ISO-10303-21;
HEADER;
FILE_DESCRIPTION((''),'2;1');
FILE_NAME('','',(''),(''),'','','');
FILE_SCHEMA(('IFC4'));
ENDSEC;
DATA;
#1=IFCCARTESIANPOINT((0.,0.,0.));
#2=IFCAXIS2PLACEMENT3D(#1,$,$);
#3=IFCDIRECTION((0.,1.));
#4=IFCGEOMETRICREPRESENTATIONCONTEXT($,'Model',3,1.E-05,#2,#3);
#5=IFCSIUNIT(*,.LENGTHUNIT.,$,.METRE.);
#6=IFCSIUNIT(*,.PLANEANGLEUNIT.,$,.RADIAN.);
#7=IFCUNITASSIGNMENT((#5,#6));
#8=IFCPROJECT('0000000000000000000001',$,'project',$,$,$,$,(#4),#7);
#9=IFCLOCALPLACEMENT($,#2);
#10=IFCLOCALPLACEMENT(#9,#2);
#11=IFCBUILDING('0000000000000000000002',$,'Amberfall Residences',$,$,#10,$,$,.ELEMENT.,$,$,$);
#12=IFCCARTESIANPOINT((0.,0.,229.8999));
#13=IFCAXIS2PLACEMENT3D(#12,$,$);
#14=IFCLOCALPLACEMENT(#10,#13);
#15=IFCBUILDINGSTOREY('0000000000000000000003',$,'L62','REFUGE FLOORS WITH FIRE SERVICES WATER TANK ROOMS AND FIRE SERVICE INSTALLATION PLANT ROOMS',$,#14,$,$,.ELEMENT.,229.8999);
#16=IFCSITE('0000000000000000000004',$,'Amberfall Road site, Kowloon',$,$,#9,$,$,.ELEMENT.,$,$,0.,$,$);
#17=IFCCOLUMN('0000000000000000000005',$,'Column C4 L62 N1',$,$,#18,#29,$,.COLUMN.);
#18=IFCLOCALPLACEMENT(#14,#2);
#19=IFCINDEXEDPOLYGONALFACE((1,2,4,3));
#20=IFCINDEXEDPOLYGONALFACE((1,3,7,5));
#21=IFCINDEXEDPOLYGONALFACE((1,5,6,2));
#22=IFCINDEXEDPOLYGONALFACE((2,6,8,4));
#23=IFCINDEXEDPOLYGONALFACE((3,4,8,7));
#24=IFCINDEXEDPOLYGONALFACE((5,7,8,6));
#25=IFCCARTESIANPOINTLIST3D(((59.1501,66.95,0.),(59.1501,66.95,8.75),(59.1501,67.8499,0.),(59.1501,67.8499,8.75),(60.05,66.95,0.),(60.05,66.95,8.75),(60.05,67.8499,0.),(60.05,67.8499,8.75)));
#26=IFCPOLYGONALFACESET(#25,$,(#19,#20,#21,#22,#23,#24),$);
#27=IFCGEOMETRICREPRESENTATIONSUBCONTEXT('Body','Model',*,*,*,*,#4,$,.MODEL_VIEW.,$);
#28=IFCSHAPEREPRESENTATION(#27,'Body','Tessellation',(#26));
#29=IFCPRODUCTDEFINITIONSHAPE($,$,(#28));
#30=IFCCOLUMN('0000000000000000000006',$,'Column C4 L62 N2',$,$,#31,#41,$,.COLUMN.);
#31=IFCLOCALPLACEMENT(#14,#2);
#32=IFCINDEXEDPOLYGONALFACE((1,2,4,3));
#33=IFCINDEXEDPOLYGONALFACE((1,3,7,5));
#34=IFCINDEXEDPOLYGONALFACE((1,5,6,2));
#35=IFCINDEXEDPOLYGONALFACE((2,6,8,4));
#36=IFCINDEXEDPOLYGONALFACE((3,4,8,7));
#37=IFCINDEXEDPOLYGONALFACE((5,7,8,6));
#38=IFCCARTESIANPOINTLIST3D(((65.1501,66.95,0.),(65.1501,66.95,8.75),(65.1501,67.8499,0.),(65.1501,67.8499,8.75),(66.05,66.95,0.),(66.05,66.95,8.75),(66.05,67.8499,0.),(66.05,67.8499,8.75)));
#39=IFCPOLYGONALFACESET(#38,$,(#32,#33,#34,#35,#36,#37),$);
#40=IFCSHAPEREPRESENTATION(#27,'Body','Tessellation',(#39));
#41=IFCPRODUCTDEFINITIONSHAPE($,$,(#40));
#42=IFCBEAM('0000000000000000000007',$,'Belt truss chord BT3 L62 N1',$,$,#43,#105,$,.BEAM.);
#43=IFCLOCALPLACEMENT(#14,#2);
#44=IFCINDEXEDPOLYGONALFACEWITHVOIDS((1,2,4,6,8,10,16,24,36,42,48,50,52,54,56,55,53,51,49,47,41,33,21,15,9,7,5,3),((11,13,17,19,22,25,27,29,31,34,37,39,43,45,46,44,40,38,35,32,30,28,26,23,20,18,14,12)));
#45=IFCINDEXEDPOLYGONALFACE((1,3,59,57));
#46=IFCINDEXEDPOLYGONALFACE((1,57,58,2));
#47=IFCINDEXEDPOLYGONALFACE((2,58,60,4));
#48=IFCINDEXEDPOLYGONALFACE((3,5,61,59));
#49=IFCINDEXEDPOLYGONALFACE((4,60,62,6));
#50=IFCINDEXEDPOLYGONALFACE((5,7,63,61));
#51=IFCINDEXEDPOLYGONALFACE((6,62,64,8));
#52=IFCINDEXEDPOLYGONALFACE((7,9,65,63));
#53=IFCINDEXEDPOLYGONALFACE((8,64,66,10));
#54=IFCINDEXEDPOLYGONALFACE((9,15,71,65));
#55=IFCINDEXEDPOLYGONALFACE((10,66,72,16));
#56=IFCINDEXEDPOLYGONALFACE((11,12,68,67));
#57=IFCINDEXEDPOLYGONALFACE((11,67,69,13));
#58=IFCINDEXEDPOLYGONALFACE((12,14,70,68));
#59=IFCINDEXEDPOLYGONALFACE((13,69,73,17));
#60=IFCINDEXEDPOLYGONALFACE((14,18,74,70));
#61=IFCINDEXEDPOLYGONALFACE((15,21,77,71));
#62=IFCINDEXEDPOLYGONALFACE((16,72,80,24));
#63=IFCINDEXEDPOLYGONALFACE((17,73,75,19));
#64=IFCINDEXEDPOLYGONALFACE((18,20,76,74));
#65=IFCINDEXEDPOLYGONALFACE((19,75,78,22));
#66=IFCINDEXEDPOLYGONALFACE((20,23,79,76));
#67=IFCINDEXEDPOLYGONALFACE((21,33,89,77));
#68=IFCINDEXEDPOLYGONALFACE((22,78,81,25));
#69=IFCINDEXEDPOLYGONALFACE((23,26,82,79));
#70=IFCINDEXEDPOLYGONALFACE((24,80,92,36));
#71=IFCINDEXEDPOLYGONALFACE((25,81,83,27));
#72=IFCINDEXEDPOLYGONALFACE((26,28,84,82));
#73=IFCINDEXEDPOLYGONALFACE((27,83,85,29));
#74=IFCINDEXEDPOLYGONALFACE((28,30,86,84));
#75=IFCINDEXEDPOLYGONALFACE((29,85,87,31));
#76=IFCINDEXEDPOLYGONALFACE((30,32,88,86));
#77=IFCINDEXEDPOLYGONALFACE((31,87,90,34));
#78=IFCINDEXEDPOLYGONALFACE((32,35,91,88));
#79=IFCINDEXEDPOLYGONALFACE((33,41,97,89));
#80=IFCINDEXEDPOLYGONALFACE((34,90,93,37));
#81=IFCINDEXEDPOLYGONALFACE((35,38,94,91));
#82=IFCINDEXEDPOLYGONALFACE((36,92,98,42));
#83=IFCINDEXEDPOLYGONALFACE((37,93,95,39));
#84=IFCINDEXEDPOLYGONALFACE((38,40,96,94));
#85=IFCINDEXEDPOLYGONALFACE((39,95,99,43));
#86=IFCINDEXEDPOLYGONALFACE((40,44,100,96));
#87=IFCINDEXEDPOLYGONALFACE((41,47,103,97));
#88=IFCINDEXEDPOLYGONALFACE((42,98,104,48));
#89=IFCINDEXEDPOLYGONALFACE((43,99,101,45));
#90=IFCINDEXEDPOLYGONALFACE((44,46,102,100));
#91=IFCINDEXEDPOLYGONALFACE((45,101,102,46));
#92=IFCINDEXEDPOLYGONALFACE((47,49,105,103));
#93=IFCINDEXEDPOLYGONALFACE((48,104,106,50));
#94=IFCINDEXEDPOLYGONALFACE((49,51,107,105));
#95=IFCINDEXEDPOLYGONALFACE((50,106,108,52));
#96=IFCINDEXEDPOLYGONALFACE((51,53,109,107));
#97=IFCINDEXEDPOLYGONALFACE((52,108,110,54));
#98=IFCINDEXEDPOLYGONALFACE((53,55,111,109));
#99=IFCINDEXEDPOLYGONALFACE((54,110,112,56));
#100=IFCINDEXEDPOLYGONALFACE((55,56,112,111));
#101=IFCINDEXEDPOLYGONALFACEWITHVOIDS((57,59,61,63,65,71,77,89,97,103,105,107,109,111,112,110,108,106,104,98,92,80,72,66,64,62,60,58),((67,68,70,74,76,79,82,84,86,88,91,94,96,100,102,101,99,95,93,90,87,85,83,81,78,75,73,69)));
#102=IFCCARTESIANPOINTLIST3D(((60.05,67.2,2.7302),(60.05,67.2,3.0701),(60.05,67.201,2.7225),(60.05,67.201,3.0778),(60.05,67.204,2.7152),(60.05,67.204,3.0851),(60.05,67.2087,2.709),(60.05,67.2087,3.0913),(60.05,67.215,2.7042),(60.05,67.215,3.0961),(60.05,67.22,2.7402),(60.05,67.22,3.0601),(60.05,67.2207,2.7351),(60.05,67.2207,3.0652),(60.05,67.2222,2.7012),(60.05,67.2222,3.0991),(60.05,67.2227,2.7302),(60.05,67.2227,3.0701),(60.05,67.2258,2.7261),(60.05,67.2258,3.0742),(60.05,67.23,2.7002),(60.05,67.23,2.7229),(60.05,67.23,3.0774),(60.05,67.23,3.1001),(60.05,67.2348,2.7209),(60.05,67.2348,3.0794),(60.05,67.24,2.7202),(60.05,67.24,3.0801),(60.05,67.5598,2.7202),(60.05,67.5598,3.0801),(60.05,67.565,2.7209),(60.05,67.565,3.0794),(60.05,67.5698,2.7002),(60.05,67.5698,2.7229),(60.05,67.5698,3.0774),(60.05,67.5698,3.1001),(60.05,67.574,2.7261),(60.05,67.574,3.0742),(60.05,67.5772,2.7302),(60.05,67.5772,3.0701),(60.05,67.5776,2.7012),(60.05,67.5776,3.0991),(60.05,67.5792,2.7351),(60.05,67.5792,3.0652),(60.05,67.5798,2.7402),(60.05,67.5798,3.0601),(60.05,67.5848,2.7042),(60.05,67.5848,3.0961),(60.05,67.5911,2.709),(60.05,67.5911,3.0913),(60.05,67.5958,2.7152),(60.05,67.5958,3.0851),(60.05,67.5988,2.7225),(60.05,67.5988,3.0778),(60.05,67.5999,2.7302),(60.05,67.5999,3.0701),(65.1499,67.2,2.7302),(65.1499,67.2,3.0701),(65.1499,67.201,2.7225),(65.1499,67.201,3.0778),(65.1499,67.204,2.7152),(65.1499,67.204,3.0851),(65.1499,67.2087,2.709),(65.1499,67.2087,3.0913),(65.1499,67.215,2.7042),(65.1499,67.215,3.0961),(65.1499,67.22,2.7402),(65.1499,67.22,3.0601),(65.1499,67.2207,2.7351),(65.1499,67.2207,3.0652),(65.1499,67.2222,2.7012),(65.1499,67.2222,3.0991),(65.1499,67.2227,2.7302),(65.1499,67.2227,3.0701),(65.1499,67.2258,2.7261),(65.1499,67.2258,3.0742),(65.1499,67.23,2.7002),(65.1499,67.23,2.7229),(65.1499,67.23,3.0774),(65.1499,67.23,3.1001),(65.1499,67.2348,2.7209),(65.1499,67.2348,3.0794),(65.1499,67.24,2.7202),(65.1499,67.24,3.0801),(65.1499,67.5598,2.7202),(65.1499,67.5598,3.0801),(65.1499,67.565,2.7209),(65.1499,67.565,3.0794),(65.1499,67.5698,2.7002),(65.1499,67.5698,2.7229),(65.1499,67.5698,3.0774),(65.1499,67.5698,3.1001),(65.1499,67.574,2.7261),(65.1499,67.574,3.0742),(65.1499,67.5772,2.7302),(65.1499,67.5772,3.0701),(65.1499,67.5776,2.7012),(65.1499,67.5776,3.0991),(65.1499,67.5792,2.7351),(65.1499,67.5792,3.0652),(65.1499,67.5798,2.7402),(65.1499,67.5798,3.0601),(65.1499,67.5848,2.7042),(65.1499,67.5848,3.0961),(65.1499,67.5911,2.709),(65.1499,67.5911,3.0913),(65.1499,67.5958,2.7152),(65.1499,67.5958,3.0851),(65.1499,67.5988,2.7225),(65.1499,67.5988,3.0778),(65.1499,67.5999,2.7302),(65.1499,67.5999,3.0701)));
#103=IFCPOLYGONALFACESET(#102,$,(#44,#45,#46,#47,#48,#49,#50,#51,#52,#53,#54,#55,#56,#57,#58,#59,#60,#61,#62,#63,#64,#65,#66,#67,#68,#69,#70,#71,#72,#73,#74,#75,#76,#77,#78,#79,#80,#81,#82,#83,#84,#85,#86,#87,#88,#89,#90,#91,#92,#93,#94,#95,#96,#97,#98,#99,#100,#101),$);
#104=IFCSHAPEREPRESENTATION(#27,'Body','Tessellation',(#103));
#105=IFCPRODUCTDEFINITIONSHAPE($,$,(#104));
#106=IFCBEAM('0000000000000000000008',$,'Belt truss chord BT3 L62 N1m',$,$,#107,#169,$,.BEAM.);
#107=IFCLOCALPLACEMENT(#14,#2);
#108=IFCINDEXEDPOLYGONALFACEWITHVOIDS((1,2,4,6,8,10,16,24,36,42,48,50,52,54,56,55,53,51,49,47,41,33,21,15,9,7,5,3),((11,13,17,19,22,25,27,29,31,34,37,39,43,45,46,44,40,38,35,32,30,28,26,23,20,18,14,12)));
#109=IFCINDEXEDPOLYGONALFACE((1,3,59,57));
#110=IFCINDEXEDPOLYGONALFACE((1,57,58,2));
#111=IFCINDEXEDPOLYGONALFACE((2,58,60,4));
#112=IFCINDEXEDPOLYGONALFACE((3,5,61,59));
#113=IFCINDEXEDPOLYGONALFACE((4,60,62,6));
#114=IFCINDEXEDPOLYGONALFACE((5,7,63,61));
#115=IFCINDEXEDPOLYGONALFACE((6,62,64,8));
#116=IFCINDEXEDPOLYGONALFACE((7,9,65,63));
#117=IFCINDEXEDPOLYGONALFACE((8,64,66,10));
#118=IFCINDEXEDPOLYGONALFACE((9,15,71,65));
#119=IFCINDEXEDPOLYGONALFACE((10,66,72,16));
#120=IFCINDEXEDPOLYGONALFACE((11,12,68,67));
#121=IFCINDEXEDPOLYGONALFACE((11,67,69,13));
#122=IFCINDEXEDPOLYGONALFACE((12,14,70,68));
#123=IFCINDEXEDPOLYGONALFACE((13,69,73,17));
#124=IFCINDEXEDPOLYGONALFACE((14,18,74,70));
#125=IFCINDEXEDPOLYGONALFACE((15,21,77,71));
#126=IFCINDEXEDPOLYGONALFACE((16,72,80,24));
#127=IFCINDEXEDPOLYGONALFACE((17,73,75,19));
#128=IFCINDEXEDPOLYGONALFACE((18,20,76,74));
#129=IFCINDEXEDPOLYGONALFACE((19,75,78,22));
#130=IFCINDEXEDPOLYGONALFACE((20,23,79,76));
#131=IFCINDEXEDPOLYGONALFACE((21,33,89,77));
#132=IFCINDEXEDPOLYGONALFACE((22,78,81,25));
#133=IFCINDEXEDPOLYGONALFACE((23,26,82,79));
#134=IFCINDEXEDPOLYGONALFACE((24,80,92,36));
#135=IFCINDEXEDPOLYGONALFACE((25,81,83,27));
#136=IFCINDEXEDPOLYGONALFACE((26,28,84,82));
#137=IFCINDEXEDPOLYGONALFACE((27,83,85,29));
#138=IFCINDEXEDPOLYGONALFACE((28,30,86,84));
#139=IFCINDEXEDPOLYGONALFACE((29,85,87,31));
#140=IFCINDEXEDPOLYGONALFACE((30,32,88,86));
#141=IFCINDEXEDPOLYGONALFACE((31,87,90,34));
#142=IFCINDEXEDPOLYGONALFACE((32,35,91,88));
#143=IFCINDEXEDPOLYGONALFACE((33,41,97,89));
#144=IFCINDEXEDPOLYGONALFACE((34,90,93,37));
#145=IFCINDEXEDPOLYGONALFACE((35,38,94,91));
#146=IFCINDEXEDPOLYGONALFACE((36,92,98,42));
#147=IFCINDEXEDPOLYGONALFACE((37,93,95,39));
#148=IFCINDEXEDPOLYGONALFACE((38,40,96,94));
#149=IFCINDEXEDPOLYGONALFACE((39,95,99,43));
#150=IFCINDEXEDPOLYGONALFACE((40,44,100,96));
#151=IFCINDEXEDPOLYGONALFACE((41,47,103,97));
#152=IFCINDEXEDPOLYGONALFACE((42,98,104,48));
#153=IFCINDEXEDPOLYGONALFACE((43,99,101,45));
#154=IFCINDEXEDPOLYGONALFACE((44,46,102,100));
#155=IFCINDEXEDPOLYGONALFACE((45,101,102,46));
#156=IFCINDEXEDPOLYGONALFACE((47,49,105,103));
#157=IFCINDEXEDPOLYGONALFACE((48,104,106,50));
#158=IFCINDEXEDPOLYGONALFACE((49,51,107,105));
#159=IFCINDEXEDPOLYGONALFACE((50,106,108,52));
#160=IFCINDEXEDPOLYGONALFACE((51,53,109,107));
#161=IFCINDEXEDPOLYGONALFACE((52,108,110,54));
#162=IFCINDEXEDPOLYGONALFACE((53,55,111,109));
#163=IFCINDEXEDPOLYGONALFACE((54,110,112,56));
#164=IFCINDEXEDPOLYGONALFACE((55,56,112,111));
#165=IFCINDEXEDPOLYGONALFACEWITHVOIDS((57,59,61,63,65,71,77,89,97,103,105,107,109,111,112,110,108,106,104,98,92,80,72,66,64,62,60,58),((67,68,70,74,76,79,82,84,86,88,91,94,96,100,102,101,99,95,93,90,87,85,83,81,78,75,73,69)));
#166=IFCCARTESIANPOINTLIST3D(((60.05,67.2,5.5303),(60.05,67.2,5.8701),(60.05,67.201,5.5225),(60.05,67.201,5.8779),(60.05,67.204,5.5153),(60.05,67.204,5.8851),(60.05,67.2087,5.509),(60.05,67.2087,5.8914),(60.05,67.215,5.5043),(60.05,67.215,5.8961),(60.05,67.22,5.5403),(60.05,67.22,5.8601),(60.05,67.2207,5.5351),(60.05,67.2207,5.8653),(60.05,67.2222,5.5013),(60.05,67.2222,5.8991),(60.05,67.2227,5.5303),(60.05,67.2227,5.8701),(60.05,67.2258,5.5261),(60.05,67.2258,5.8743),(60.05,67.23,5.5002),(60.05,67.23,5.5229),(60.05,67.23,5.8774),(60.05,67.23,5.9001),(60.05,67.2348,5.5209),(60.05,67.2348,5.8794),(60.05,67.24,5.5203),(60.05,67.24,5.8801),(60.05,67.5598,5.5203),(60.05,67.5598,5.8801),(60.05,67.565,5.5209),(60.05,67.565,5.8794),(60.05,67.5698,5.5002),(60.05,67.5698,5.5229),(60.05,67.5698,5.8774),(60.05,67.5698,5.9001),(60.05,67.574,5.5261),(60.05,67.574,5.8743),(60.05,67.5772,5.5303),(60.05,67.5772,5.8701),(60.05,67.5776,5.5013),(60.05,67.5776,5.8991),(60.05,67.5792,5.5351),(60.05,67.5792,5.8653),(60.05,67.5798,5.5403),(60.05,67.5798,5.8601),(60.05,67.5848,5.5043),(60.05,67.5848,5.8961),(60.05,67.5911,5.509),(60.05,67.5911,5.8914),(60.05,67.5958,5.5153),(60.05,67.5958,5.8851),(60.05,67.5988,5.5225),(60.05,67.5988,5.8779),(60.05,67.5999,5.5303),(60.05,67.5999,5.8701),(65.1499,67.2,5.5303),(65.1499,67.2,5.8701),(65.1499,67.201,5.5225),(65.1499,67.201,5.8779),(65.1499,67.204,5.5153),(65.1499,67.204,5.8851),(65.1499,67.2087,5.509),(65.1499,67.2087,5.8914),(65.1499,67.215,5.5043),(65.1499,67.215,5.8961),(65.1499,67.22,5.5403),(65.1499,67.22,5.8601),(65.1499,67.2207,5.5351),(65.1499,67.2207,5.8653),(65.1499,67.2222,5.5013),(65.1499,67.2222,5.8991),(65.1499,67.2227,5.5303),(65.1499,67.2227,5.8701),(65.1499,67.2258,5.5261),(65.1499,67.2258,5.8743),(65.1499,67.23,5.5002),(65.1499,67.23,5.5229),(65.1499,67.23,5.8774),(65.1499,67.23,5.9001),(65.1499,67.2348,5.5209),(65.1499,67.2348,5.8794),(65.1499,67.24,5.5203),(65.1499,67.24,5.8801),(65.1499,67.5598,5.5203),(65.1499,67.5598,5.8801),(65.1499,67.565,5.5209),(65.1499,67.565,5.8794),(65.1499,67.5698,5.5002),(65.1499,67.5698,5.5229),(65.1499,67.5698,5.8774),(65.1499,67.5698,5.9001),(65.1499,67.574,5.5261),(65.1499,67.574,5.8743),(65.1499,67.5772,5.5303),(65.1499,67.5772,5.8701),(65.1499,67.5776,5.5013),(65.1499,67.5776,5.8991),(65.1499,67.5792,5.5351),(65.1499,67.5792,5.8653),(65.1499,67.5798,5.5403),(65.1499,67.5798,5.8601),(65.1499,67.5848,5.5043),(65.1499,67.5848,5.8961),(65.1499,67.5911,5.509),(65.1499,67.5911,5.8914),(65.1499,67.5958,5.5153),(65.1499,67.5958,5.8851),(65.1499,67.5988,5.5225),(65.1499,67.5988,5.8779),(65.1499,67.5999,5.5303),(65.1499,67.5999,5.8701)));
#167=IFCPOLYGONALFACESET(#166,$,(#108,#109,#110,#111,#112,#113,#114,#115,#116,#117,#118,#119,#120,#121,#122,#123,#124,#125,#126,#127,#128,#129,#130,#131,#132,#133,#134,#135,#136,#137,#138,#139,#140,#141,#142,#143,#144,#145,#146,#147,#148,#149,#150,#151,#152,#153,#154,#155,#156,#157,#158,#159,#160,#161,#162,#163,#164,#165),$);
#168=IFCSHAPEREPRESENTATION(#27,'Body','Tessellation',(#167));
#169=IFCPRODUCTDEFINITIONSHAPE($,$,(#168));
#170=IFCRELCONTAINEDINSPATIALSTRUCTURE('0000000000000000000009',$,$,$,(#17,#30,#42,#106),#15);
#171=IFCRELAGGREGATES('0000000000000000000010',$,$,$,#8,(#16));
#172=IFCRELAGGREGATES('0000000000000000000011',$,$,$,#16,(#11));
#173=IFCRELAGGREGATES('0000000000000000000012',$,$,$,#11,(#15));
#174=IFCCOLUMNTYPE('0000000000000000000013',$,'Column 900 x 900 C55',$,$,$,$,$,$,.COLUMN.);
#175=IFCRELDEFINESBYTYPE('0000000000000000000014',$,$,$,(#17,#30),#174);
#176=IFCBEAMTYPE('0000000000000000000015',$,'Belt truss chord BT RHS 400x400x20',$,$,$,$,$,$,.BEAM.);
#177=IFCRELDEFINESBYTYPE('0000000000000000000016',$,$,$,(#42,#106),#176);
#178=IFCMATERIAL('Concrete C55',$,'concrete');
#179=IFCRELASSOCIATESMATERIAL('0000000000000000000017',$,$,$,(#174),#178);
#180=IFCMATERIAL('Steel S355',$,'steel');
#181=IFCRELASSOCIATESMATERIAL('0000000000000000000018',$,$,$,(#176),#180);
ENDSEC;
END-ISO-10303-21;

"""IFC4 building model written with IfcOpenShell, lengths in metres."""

from ifc_helpers import new_model, si_unit, direction, frame, origin, origin_2d, place, context, subcontext, project, spatial, rectangle, hollow_rectangle, extrude, material, material_profile, profile_set, type_object, element, save


model = new_model("IFC4")

# Units and contexts
model_context = context("Model", 3, precision=1e-05, world=origin(), true_north=direction((0.0, 1.0)))
body_context = subcontext(model_context, "Body", "Model", "MODEL_VIEW")
ifc_project = project(units=[si_unit("LENGTHUNIT", "METRE"), si_unit("PLANEANGLEUNIT", "RADIAN")], contexts=[model_context])

# Site, building, storey
site_placement = place(None, origin())
site = spatial("IfcSite", under=ifc_project, at=site_placement, Name="Amberfall Road site, Kowloon", CompositionType="ELEMENT", RefElevation=0.0)
building_placement = place(site_placement, origin())
building = spatial("IfcBuilding", under=site, at=building_placement, Name="Amberfall Residences", CompositionType="ELEMENT")
storey_placement = place(building_placement, frame((0.0, 0.0, 229.8999)))
storey = spatial("IfcBuildingStorey", under=building, at=storey_placement, Name="L62", Description="REFUGE FLOORS WITH FIRE SERVICES WATER TANK ROOMS AND FIRE SERVICE INSTALLATION PLANT ROOMS", CompositionType="ELEMENT", Elevation=229.8999)

# Columns
ifc_material_1 = material(Name="Concrete C55", Category="concrete")
ifc_material_profile_1 = material_profile(ifc_material_1, rectangle(XDim=0.8999, YDim=0.8999, at=origin_2d()), Name="Column 900 x 900 C55")
ifc_profile_set_1 = profile_set([ifc_material_profile_1], Name="Concrete C55")
column_type = type_object("IfcColumnType", Name="Column 900 x 900 C55", PredefinedType="COLUMN", material=ifc_profile_set_1)
for number, where, z_axis, x_axis, name in (
    (1, (59.6001, 67.3999, 0.0), (0.0, 0.0, 1.0), (1.0, 0.0, 0.0), "Column C4 L62 N1"),
    (2, (65.6001, 67.3999, 0.0), (0.0, 0.0, 1.0), (1.0, 0.0, 0.0), "Column C4 L62 N2"),
):
    element("IfcColumn", number, at=place(storey_placement, frame(where, z_axis=z_axis, x_axis=x_axis)), inside=storey, type_object=column_type, Name=name, PredefinedType="COLUMN", context=body_context, shape_type="SweptSolid", body=[
        extrude(rectangle(XDim=0.8999, YDim=0.8999, at=origin_2d()), origin(), (0.0, 0.0, 1.0), 8.75),
    ])

# Beams
ifc_material_2 = material(Name="Steel S355", Category="steel")
ifc_material_profile_2 = material_profile(ifc_material_2, hollow_rectangle(XDim=0.3999, YDim=0.3999, WallThickness=0.02, InnerFilletRadius=0.02, OuterFilletRadius=0.03, at=origin_2d()), Name="RHS 400x400x20")
ifc_profile_set_2 = profile_set([ifc_material_profile_2], Name="Steel S355")
beam_type_1 = type_object("IfcBeamType", Name="Belt truss chord BT RHS 400x400x20", PredefinedType="BEAM", material=ifc_profile_set_2)
for number, where, z_axis, x_axis, name in (
    (3, (60.05, 67.3999, 2.9001), (1.0, 0.0, 0.0), (0.0, 1.0, 0.0), "Belt truss chord BT3 L62 N1"),
    (4, (60.05, 67.3999, 5.7002), (1.0, 0.0, 0.0), (0.0, 1.0, 0.0), "Belt truss chord BT3 L62 N1m"),
):
    element("IfcBeam", number, at=place(storey_placement, frame(where, z_axis=z_axis, x_axis=x_axis)), inside=storey, type_object=beam_type_1, Name=name, PredefinedType="BEAM", context=body_context, shape_type="SweptSolid", body=[
        extrude(hollow_rectangle(XDim=0.3999, YDim=0.3999, WallThickness=0.02, InnerFilletRadius=0.02, OuterFilletRadius=0.03, at=origin_2d()), origin(), (0.0, 0.0, 1.0), 5.0999),
    ])

save(model, "model.ifc")
